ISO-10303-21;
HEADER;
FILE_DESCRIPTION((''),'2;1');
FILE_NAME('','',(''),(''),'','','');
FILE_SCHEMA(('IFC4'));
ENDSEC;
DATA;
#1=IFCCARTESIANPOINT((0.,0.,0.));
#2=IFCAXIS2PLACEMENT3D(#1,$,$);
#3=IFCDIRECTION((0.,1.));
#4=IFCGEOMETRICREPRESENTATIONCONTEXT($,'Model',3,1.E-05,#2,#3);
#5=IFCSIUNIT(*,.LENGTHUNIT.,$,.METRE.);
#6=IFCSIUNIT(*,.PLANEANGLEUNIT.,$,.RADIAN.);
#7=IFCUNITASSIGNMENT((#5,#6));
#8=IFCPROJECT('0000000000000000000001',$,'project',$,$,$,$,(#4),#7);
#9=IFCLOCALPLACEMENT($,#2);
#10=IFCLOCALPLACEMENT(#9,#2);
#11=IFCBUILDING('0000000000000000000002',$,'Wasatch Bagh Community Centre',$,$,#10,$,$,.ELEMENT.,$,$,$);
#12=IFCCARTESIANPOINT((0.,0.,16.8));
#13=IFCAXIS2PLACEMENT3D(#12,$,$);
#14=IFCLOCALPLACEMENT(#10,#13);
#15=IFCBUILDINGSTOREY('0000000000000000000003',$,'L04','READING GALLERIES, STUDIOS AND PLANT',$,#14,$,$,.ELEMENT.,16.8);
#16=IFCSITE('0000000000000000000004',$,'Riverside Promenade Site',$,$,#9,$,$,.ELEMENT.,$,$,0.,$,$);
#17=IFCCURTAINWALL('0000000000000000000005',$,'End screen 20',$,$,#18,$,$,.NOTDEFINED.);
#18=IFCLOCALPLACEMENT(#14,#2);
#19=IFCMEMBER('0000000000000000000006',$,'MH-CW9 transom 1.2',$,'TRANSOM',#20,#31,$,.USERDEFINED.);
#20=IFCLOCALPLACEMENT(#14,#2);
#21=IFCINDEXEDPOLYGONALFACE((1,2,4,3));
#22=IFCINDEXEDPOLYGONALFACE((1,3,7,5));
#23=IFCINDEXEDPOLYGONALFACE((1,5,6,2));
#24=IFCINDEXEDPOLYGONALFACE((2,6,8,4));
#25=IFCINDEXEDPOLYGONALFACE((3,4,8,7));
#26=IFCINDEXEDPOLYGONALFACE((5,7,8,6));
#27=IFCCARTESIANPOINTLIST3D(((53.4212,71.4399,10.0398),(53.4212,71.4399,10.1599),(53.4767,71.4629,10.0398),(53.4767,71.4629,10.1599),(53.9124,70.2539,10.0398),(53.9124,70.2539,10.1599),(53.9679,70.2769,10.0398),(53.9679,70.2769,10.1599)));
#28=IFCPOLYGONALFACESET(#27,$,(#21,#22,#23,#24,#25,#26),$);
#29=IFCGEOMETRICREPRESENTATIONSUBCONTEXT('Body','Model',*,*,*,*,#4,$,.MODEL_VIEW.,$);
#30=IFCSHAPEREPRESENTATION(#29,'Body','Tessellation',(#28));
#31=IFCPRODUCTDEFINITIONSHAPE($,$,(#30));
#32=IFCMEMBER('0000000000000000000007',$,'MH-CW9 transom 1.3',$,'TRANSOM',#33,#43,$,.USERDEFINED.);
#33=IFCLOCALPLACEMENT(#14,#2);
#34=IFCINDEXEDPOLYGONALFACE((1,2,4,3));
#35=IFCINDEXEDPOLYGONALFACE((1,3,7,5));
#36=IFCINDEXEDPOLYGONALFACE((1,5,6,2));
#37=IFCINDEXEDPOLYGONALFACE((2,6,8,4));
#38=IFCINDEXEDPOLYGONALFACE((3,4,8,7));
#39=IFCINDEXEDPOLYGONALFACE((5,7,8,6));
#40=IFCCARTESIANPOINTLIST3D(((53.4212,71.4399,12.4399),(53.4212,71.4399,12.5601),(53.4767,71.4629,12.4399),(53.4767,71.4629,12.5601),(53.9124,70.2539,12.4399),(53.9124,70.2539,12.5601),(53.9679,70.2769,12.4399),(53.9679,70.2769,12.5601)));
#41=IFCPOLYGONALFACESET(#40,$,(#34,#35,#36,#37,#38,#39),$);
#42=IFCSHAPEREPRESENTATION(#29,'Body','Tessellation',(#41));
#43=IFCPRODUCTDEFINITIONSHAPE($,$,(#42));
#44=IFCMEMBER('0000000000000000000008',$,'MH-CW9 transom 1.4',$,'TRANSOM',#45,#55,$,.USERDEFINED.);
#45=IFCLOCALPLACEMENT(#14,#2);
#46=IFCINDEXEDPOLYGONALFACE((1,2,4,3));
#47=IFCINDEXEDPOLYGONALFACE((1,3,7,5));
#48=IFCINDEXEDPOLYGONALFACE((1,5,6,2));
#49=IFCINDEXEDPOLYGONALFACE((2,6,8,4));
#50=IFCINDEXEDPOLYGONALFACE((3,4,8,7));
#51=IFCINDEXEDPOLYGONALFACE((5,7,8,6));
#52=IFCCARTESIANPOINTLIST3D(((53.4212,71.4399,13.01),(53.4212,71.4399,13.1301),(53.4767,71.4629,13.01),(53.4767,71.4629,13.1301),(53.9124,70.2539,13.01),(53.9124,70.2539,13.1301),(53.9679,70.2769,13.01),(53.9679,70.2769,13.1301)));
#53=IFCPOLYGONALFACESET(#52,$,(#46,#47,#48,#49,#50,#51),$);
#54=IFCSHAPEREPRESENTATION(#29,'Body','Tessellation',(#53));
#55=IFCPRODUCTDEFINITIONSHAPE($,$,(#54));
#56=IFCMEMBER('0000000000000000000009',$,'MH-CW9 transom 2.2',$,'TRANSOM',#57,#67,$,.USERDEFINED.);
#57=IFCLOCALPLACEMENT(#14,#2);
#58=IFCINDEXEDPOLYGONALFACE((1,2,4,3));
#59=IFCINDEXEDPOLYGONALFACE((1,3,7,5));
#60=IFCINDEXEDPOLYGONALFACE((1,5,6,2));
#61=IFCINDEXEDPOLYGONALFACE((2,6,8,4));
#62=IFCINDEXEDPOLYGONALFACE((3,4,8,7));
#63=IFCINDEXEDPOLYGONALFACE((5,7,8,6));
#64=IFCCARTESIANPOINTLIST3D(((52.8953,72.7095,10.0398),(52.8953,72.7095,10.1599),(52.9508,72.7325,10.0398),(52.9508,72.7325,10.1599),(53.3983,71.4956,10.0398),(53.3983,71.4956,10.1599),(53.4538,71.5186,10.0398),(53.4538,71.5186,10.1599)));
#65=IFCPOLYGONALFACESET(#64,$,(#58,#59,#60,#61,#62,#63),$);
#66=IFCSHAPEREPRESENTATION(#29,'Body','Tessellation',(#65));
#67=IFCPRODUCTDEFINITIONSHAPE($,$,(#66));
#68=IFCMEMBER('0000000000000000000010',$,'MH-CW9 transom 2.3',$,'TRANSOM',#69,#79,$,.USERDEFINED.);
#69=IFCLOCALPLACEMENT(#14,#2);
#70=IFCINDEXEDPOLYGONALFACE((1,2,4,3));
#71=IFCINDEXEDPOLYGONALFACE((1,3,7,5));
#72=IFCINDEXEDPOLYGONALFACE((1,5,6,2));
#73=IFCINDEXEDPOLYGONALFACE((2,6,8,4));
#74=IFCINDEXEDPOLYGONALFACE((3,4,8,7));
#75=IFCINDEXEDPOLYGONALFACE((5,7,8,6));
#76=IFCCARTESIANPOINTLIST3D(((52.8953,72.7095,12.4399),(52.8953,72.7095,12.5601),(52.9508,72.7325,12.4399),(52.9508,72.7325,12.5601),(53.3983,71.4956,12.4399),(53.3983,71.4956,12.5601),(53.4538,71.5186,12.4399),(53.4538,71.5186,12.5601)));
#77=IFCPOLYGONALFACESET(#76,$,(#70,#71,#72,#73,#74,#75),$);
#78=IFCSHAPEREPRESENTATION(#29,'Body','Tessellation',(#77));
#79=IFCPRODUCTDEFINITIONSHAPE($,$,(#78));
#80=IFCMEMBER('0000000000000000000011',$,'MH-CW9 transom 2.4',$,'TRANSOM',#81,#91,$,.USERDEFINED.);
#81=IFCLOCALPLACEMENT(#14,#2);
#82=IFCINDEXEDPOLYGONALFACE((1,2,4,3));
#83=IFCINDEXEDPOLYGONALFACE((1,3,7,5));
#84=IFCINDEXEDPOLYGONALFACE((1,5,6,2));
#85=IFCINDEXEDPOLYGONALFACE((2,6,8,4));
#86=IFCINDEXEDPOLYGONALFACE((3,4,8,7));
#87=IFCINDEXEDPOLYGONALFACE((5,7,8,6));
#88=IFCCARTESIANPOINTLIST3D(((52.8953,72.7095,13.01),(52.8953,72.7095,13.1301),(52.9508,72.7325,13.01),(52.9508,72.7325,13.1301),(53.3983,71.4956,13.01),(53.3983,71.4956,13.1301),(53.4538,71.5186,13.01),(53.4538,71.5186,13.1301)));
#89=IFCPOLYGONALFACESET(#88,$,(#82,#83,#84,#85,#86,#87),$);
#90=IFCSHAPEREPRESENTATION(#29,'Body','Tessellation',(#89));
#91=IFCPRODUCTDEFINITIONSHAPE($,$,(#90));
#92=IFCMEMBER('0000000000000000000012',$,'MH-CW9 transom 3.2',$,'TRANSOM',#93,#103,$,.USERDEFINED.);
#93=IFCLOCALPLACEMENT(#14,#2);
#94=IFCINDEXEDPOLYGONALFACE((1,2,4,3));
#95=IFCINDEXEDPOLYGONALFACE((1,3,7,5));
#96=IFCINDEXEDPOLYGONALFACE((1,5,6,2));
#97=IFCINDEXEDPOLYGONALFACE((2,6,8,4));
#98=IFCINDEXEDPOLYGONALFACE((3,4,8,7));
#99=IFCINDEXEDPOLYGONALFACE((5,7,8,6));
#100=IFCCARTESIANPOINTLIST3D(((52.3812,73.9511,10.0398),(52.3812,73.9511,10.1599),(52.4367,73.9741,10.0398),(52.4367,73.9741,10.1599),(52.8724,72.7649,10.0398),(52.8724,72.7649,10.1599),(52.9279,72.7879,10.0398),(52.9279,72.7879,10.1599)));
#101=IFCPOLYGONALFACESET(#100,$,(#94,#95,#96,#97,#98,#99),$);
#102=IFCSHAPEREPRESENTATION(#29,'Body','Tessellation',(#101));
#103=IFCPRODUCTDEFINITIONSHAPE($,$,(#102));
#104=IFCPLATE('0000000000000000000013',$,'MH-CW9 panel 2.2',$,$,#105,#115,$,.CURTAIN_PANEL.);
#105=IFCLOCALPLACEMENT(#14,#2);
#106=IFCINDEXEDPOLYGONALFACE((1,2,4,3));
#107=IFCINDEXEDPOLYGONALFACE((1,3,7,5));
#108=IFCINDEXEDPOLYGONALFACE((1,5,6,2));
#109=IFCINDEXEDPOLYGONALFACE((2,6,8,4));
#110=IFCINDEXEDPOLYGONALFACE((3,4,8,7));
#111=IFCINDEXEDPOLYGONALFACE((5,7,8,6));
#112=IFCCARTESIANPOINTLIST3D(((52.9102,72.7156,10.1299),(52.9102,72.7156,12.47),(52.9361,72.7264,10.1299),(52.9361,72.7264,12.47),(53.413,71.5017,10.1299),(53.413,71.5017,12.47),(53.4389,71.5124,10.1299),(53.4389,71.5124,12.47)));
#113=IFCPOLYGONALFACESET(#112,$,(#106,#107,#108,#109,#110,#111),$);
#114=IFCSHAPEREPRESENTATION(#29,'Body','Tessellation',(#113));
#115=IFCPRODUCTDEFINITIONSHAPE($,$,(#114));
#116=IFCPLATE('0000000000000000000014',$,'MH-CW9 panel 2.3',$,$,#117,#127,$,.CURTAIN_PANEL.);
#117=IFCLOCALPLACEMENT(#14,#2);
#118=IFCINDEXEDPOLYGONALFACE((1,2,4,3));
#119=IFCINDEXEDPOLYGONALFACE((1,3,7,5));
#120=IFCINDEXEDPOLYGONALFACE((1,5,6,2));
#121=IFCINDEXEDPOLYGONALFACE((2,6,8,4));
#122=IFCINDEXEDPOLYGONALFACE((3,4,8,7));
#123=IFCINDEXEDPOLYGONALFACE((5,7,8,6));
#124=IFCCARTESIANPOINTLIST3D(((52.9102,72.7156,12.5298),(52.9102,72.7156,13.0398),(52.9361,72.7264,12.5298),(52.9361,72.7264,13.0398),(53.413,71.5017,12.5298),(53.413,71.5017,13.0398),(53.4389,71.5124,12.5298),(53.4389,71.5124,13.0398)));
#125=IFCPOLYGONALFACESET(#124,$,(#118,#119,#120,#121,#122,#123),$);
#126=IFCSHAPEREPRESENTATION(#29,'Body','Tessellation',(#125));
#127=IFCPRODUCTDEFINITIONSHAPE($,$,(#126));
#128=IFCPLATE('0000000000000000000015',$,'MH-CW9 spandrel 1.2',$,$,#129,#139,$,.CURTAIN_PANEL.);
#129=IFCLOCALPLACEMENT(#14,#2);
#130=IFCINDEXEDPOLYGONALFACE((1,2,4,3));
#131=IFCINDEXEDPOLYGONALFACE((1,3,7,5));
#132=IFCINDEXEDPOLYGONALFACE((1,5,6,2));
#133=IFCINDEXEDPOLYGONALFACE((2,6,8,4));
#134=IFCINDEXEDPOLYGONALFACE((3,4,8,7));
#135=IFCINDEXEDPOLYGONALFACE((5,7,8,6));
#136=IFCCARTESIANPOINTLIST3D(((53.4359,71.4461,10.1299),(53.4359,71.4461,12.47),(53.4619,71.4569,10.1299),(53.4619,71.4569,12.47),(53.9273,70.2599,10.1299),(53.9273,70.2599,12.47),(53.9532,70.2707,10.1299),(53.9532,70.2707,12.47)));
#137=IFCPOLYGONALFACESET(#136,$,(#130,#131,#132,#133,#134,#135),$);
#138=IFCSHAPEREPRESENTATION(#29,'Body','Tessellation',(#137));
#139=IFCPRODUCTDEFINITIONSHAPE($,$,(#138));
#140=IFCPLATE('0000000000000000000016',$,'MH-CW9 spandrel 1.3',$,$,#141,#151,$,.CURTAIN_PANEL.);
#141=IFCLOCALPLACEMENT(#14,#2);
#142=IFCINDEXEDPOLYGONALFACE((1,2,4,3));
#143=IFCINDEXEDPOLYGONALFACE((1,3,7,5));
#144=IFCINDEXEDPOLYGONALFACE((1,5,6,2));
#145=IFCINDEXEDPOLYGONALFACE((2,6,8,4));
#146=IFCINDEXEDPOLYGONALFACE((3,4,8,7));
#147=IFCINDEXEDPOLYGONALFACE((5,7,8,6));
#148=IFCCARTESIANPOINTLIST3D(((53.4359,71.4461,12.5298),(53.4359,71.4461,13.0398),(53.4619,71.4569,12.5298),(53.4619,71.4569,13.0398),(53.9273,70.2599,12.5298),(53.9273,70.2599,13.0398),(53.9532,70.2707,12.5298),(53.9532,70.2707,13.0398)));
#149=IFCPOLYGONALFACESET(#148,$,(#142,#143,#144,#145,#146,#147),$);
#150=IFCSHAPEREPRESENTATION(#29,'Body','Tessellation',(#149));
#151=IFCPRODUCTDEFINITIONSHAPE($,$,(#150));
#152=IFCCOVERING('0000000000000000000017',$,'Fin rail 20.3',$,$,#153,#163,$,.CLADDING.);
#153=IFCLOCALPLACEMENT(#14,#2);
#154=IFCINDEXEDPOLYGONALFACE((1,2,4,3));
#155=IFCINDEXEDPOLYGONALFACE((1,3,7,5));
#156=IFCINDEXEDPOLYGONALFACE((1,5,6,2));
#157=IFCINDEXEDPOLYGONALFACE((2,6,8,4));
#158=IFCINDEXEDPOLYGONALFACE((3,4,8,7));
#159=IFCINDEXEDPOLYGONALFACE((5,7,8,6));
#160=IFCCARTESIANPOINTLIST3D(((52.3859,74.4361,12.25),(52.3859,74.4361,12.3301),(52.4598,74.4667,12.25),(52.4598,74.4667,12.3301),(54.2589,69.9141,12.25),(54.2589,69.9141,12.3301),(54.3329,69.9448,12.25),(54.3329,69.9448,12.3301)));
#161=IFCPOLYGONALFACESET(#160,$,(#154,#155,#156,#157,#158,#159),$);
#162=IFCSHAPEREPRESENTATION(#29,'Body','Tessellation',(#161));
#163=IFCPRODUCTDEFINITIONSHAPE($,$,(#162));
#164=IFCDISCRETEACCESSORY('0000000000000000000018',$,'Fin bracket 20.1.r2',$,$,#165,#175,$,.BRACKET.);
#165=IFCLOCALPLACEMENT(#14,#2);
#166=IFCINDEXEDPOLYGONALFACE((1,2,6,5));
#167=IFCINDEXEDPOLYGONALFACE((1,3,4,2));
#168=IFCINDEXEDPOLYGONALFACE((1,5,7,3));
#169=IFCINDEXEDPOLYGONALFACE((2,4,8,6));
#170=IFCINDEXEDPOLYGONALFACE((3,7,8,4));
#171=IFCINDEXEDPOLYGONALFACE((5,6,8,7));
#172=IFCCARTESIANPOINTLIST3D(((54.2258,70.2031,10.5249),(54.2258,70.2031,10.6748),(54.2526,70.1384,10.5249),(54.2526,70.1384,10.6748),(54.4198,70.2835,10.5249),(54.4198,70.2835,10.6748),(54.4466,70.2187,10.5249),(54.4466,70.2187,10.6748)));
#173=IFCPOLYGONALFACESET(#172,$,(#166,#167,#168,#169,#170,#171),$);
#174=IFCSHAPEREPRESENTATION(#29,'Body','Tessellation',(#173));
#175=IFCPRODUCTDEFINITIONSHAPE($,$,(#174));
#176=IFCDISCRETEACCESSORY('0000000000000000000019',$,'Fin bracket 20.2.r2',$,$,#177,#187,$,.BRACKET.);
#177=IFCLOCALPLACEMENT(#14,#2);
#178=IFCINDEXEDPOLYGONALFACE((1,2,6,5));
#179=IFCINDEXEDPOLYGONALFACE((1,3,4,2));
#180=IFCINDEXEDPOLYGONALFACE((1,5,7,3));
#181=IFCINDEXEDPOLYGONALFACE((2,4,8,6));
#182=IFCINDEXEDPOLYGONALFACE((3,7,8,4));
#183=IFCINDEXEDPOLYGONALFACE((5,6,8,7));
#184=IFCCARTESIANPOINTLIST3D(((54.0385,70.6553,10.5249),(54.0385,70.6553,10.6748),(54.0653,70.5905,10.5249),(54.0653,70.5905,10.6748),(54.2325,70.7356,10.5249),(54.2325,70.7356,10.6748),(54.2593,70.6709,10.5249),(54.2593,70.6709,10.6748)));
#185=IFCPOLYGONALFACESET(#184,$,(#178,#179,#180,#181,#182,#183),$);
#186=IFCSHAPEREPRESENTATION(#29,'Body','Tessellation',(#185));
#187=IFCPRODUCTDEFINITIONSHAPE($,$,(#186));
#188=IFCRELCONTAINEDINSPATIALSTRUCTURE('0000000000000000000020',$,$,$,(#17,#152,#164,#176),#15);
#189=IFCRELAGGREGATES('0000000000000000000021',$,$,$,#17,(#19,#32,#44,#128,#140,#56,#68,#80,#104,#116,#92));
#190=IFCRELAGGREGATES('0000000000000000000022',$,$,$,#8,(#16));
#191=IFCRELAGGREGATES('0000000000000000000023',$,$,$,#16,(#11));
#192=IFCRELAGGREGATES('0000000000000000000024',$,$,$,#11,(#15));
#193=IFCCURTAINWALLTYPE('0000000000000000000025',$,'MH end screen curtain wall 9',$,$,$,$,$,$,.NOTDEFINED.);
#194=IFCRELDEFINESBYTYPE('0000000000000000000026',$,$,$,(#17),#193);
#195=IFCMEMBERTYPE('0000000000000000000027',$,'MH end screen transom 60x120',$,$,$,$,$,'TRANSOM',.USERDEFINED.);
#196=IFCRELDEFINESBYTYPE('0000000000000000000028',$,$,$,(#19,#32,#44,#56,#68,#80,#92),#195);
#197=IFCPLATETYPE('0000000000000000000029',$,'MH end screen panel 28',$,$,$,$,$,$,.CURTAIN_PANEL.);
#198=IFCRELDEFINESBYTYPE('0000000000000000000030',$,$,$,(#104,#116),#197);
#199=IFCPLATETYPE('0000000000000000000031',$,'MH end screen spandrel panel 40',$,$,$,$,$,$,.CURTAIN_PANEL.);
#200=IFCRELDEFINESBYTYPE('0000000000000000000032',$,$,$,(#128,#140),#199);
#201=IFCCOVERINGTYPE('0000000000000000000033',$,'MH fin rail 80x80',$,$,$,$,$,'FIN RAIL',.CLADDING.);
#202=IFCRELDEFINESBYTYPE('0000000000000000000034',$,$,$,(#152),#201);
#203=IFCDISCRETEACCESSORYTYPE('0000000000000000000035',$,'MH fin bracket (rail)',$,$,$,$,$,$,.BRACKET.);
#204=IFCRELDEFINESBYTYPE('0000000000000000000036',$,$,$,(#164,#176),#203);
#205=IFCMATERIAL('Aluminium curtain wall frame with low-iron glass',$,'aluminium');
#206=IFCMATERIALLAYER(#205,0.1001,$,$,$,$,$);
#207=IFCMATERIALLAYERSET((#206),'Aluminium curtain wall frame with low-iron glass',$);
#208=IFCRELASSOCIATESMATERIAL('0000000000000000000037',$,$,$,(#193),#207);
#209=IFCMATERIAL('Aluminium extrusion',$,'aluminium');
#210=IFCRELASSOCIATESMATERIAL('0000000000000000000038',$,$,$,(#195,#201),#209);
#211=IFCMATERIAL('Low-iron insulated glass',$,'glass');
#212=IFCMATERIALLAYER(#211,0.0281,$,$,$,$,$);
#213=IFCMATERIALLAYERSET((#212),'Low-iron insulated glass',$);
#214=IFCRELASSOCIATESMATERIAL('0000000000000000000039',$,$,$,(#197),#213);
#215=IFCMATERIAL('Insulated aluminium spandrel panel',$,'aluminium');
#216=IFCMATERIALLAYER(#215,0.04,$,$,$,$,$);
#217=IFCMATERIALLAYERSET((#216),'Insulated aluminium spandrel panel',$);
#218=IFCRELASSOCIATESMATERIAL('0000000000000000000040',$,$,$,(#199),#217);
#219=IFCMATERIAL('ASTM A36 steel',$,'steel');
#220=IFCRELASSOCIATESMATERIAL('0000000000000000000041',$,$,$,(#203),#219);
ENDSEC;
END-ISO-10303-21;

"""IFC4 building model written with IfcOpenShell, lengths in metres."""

from ifc_helpers import new_model, si_unit, direction, frame, origin, origin_2d, place, context, subcontext, project, spatial, rectangle, extrude, material, layer, layer_set, material_profile, profile_set, type_object, element, aggregate, save


model = new_model("IFC4")

# Units and contexts
model_context = context("Model", 3, precision=1e-05, world=origin(), true_north=direction((0.0, 1.0)))
body_context = subcontext(model_context, "Body", "Model", "MODEL_VIEW")
ifc_project = project(units=[si_unit("LENGTHUNIT", "METRE"), si_unit("PLANEANGLEUNIT", "RADIAN")], contexts=[model_context])

# Site, building, storey
site_placement = place(None, origin())
site = spatial("IfcSite", under=ifc_project, at=site_placement, Name="Riverside Promenade Site", CompositionType="ELEMENT", RefElevation=0.0)
building_placement = place(site_placement, origin())
building = spatial("IfcBuilding", under=site, at=building_placement, Name="Wasatch Bagh Community Centre", CompositionType="ELEMENT")
storey_placement = place(building_placement, frame((0.0, 0.0, 16.8)))
storey = spatial("IfcBuildingStorey", under=building, at=storey_placement, Name="L04", Description="READING GALLERIES, STUDIOS AND PLANT", CompositionType="ELEMENT", Elevation=16.8)

# Curtain wall, members, plates
ifc_material_1 = material(Name="Aluminium curtain wall frame with low-iron glass", Category="aluminium")
ifc_layer_1 = layer(ifc_material_1, 0.1001)
ifc_layer_set_1 = layer_set([ifc_layer_1], Name="Aluminium curtain wall frame with low-iron glass")
curtain_wall_type = type_object("IfcCurtainWallType", Name="MH end screen curtain wall 9", PredefinedType="NOTDEFINED", material=ifc_layer_set_1)
curtain_wall_placement = place(storey_placement, origin())
curtain_wall = element("IfcCurtainWall", 1, at=curtain_wall_placement, inside=storey, type_object=curtain_wall_type, Name="End screen 20", PredefinedType="NOTDEFINED")
ifc_material_2 = material(Name="Aluminium extrusion", Category="aluminium")
ifc_material_profile_1 = material_profile(ifc_material_2, rectangle(XDim=0.0601, YDim=0.1201, at=origin_2d()), Name="AL 60x120")
ifc_profile_set_1 = profile_set([ifc_material_profile_1], Name="Aluminium extrusion")
member_type = type_object("IfcMemberType", Name="MH end screen transom 60x120", ElementType="TRANSOM", PredefinedType="USERDEFINED", material=ifc_profile_set_1)
member_1_placement = place(storey_placement, frame((53.9402, 70.2654, 10.0999), z_axis=(-0.382643, 0.923896, 0.0), x_axis=(-0.923896, -0.382643, 0.0)))
member_1 = element("IfcMember", 2, at=member_1_placement, type_object=member_type, Name="MH-CW9 transom 1.2", ObjectType="TRANSOM", PredefinedType="USERDEFINED", context=body_context, shape_type="SweptSolid", body=[
    extrude(rectangle(XDim=0.0601, YDim=0.1201, at=origin_2d()), origin(), (0.0, 0.0, 1.0), 1.2837),
])
member_2_placement = place(storey_placement, frame((53.9402, 70.2654, 12.5), z_axis=(-0.382643, 0.923896, 0.0), x_axis=(-0.923896, -0.382643, 0.0)))
member_2 = element("IfcMember", 3, at=member_2_placement, type_object=member_type, Name="MH-CW9 transom 1.3", ObjectType="TRANSOM", PredefinedType="USERDEFINED", context=body_context, shape_type="SweptSolid", body=[
    extrude(rectangle(XDim=0.0601, YDim=0.1201, at=origin_2d()), origin(), (0.0, 0.0, 1.0), 1.2837),
])
member_3_placement = place(storey_placement, frame((53.9402, 70.2654, 13.0701), z_axis=(-0.382643, 0.923896, 0.0), x_axis=(-0.923896, -0.382643, 0.0)))
member_3 = element("IfcMember", 4, at=member_3_placement, type_object=member_type, Name="MH-CW9 transom 1.4", ObjectType="TRANSOM", PredefinedType="USERDEFINED", context=body_context, shape_type="SweptSolid", body=[
    extrude(rectangle(XDim=0.0601, YDim=0.1201, at=origin_2d()), origin(), (0.0, 0.0, 1.0), 1.2837),
])
member_4_placement = place(storey_placement, frame((53.426, 71.5071, 10.0999), z_axis=(-0.382768, 0.923845, 0.0), x_axis=(-0.923845, -0.382768, 0.0)))
member_4 = element("IfcMember", 5, at=member_4_placement, type_object=member_type, Name="MH-CW9 transom 2.2", ObjectType="TRANSOM", PredefinedType="USERDEFINED", context=body_context, shape_type="SweptSolid", body=[
    extrude(rectangle(XDim=0.0601, YDim=0.1201, at=origin_2d()), origin(), (0.0, 0.0, 1.0), 1.314),
])
member_5_placement = place(storey_placement, frame((53.426, 71.5071, 12.5), z_axis=(-0.382768, 0.923845, 0.0), x_axis=(-0.923845, -0.382768, 0.0)))
member_5 = element("IfcMember", 6, at=member_5_placement, type_object=member_type, Name="MH-CW9 transom 2.3", ObjectType="TRANSOM", PredefinedType="USERDEFINED", context=body_context, shape_type="SweptSolid", body=[
    extrude(rectangle(XDim=0.0601, YDim=0.1201, at=origin_2d()), origin(), (0.0, 0.0, 1.0), 1.314),
])
member_6_placement = place(storey_placement, frame((53.426, 71.5071, 13.0701), z_axis=(-0.382768, 0.923845, 0.0), x_axis=(-0.923845, -0.382768, 0.0)))
member_6 = element("IfcMember", 7, at=member_6_placement, type_object=member_type, Name="MH-CW9 transom 2.4", ObjectType="TRANSOM", PredefinedType="USERDEFINED", context=body_context, shape_type="SweptSolid", body=[
    extrude(rectangle(XDim=0.0601, YDim=0.1201, at=origin_2d()), origin(), (0.0, 0.0, 1.0), 1.314),
])
member_7_placement = place(storey_placement, frame((52.9001, 72.7764, 10.0999), z_axis=(-0.382576, 0.923924, 0.0), x_axis=(-0.923924, -0.382576, 0.0)))
member_7 = element("IfcMember", 8, at=member_7_placement, type_object=member_type, Name="MH-CW9 transom 3.2", ObjectType="TRANSOM", PredefinedType="USERDEFINED", context=body_context, shape_type="SweptSolid", body=[
    extrude(rectangle(XDim=0.0601, YDim=0.1201, at=origin_2d()), origin(), (0.0, 0.0, 1.0), 1.2839),
])
ifc_material_3 = material(Name="Low-iron insulated glass", Category="glass")
ifc_layer_2 = layer(ifc_material_3, 0.0281)
ifc_layer_set_2 = layer_set([ifc_layer_2], Name="Low-iron insulated glass")
plate_type_1 = type_object("IfcPlateType", Name="MH end screen panel 28", PredefinedType="CURTAIN_PANEL", material=ifc_layer_set_2)
plate_1_placement = place(storey_placement, frame((53.1746, 72.114, 10.1299), z_axis=(0.0, 0.0, 1.0), x_axis=(-0.382683, 0.92388, 0.0)))
plate_1 = element("IfcPlate", 9, at=plate_1_placement, type_object=plate_type_1, Name="MH-CW9 panel 2.2", PredefinedType="CURTAIN_PANEL", context=body_context, shape_type="SweptSolid", body=[
    extrude(rectangle(XDim=1.314, YDim=0.0281, at=origin_2d()), origin(), (0.0, 0.0, 1.0), 2.3401),
])
plate_2_placement = place(storey_placement, frame((53.1746, 72.114, 12.5298), z_axis=(0.0, 0.0, 1.0), x_axis=(-0.382683, 0.92388, 0.0)))
plate_2 = element("IfcPlate", 10, at=plate_2_placement, type_object=plate_type_1, Name="MH-CW9 panel 2.3", PredefinedType="CURTAIN_PANEL", context=body_context, shape_type="SweptSolid", body=[
    extrude(rectangle(XDim=1.314, YDim=0.0281, at=origin_2d()), origin(), (0.0, 0.0, 1.0), 0.51),
])
ifc_material_4 = material(Name="Insulated aluminium spandrel panel", Category="aluminium")
ifc_layer_3 = layer(ifc_material_4, 0.04)
ifc_layer_set_3 = layer_set([ifc_layer_3], Name="Insulated aluminium spandrel panel")
plate_type_2 = type_object("IfcPlateType", Name="MH end screen spandrel panel 40", PredefinedType="CURTAIN_PANEL", material=ifc_layer_set_3)
plate_3_placement = place(storey_placement, frame((53.6946, 70.8584, 10.1299), z_axis=(0.0, 0.0, 1.0), x_axis=(-0.382683, 0.92388, 0.0)))
plate_3 = element("IfcPlate", 11, at=plate_3_placement, type_object=plate_type_2, Name="MH-CW9 spandrel 1.2", PredefinedType="CURTAIN_PANEL", context=body_context, shape_type="SweptSolid", body=[
    extrude(rectangle(XDim=1.2839, YDim=0.0281, at=origin_2d()), origin(), (0.0, 0.0, 1.0), 2.3401),
])
plate_4_placement = place(storey_placement, frame((53.6946, 70.8584, 12.5298), z_axis=(0.0, 0.0, 1.0), x_axis=(-0.382683, 0.92388, 0.0)))
plate_4 = element("IfcPlate", 12, at=plate_4_placement, type_object=plate_type_2, Name="MH-CW9 spandrel 1.3", PredefinedType="CURTAIN_PANEL", context=body_context, shape_type="SweptSolid", body=[
    extrude(rectangle(XDim=1.2839, YDim=0.0281, at=origin_2d()), origin(), (0.0, 0.0, 1.0), 0.51),
])
aggregate(curtain_wall, [member_1, member_2, member_3, plate_3, plate_4, member_4, member_5, member_6, plate_1, plate_2, member_7])

# Covering
ifc_material_profile_2 = material_profile(ifc_material_2, rectangle(XDim=0.0801, YDim=0.0801, at=origin_2d()), Name="AL 80x80")
ifc_profile_set_2 = profile_set([ifc_material_profile_2], Name="Aluminium extrusion")
covering_type = type_object("IfcCoveringType", Name="MH fin rail 80x80", ElementType="FIN RAIL", PredefinedType="CLADDING", material=ifc_profile_set_2)
covering_placement = place(storey_placement, frame((54.2959, 69.9294, 12.29), z_axis=(-0.382681, 0.923881, 0.0), x_axis=(-0.923881, -0.382681, 0.0)))
element("IfcCovering", 13, at=covering_placement, inside=storey, type_object=covering_type, Name="Fin rail 20.3", PredefinedType="CLADDING", context=body_context, shape_type="SweptSolid", body=[
    extrude(rectangle(XDim=0.0801, YDim=0.0801, at=origin_2d()), origin(), (0.0, 0.0, 1.0), 4.8945),
])

# Discrete accessories
ifc_material_5 = material(Name="ASTM A36 steel", Category="steel")
discrete_accessory_type_1 = type_object("IfcDiscreteAccessoryType", Name="MH fin bracket (rail)", PredefinedType="BRACKET", material=ifc_material_5)
for number, where, z_axis, x_axis, name in (
    (14, (54.3362, 70.2109, 10.5249), (0.0, 0.0, 1.0), (-0.382683, 0.92388, 0.0), "Fin bracket 20.1.r2"),
    (15, (54.1489, 70.6631, 10.5249), (0.0, 0.0, 1.0), (-0.382683, 0.92388, 0.0), "Fin bracket 20.2.r2"),
):
    element("IfcDiscreteAccessory", number, at=place(storey_placement, frame(where, z_axis=z_axis, x_axis=x_axis)), inside=storey, type_object=discrete_accessory_type_1, Name=name, PredefinedType="BRACKET", context=body_context, shape_type="SweptSolid", body=[
        extrude(rectangle(XDim=0.0701, YDim=0.21, at=origin_2d()), origin(), (0.0, 0.0, 1.0), 0.1499),
    ])

save(model, "model.ifc")
